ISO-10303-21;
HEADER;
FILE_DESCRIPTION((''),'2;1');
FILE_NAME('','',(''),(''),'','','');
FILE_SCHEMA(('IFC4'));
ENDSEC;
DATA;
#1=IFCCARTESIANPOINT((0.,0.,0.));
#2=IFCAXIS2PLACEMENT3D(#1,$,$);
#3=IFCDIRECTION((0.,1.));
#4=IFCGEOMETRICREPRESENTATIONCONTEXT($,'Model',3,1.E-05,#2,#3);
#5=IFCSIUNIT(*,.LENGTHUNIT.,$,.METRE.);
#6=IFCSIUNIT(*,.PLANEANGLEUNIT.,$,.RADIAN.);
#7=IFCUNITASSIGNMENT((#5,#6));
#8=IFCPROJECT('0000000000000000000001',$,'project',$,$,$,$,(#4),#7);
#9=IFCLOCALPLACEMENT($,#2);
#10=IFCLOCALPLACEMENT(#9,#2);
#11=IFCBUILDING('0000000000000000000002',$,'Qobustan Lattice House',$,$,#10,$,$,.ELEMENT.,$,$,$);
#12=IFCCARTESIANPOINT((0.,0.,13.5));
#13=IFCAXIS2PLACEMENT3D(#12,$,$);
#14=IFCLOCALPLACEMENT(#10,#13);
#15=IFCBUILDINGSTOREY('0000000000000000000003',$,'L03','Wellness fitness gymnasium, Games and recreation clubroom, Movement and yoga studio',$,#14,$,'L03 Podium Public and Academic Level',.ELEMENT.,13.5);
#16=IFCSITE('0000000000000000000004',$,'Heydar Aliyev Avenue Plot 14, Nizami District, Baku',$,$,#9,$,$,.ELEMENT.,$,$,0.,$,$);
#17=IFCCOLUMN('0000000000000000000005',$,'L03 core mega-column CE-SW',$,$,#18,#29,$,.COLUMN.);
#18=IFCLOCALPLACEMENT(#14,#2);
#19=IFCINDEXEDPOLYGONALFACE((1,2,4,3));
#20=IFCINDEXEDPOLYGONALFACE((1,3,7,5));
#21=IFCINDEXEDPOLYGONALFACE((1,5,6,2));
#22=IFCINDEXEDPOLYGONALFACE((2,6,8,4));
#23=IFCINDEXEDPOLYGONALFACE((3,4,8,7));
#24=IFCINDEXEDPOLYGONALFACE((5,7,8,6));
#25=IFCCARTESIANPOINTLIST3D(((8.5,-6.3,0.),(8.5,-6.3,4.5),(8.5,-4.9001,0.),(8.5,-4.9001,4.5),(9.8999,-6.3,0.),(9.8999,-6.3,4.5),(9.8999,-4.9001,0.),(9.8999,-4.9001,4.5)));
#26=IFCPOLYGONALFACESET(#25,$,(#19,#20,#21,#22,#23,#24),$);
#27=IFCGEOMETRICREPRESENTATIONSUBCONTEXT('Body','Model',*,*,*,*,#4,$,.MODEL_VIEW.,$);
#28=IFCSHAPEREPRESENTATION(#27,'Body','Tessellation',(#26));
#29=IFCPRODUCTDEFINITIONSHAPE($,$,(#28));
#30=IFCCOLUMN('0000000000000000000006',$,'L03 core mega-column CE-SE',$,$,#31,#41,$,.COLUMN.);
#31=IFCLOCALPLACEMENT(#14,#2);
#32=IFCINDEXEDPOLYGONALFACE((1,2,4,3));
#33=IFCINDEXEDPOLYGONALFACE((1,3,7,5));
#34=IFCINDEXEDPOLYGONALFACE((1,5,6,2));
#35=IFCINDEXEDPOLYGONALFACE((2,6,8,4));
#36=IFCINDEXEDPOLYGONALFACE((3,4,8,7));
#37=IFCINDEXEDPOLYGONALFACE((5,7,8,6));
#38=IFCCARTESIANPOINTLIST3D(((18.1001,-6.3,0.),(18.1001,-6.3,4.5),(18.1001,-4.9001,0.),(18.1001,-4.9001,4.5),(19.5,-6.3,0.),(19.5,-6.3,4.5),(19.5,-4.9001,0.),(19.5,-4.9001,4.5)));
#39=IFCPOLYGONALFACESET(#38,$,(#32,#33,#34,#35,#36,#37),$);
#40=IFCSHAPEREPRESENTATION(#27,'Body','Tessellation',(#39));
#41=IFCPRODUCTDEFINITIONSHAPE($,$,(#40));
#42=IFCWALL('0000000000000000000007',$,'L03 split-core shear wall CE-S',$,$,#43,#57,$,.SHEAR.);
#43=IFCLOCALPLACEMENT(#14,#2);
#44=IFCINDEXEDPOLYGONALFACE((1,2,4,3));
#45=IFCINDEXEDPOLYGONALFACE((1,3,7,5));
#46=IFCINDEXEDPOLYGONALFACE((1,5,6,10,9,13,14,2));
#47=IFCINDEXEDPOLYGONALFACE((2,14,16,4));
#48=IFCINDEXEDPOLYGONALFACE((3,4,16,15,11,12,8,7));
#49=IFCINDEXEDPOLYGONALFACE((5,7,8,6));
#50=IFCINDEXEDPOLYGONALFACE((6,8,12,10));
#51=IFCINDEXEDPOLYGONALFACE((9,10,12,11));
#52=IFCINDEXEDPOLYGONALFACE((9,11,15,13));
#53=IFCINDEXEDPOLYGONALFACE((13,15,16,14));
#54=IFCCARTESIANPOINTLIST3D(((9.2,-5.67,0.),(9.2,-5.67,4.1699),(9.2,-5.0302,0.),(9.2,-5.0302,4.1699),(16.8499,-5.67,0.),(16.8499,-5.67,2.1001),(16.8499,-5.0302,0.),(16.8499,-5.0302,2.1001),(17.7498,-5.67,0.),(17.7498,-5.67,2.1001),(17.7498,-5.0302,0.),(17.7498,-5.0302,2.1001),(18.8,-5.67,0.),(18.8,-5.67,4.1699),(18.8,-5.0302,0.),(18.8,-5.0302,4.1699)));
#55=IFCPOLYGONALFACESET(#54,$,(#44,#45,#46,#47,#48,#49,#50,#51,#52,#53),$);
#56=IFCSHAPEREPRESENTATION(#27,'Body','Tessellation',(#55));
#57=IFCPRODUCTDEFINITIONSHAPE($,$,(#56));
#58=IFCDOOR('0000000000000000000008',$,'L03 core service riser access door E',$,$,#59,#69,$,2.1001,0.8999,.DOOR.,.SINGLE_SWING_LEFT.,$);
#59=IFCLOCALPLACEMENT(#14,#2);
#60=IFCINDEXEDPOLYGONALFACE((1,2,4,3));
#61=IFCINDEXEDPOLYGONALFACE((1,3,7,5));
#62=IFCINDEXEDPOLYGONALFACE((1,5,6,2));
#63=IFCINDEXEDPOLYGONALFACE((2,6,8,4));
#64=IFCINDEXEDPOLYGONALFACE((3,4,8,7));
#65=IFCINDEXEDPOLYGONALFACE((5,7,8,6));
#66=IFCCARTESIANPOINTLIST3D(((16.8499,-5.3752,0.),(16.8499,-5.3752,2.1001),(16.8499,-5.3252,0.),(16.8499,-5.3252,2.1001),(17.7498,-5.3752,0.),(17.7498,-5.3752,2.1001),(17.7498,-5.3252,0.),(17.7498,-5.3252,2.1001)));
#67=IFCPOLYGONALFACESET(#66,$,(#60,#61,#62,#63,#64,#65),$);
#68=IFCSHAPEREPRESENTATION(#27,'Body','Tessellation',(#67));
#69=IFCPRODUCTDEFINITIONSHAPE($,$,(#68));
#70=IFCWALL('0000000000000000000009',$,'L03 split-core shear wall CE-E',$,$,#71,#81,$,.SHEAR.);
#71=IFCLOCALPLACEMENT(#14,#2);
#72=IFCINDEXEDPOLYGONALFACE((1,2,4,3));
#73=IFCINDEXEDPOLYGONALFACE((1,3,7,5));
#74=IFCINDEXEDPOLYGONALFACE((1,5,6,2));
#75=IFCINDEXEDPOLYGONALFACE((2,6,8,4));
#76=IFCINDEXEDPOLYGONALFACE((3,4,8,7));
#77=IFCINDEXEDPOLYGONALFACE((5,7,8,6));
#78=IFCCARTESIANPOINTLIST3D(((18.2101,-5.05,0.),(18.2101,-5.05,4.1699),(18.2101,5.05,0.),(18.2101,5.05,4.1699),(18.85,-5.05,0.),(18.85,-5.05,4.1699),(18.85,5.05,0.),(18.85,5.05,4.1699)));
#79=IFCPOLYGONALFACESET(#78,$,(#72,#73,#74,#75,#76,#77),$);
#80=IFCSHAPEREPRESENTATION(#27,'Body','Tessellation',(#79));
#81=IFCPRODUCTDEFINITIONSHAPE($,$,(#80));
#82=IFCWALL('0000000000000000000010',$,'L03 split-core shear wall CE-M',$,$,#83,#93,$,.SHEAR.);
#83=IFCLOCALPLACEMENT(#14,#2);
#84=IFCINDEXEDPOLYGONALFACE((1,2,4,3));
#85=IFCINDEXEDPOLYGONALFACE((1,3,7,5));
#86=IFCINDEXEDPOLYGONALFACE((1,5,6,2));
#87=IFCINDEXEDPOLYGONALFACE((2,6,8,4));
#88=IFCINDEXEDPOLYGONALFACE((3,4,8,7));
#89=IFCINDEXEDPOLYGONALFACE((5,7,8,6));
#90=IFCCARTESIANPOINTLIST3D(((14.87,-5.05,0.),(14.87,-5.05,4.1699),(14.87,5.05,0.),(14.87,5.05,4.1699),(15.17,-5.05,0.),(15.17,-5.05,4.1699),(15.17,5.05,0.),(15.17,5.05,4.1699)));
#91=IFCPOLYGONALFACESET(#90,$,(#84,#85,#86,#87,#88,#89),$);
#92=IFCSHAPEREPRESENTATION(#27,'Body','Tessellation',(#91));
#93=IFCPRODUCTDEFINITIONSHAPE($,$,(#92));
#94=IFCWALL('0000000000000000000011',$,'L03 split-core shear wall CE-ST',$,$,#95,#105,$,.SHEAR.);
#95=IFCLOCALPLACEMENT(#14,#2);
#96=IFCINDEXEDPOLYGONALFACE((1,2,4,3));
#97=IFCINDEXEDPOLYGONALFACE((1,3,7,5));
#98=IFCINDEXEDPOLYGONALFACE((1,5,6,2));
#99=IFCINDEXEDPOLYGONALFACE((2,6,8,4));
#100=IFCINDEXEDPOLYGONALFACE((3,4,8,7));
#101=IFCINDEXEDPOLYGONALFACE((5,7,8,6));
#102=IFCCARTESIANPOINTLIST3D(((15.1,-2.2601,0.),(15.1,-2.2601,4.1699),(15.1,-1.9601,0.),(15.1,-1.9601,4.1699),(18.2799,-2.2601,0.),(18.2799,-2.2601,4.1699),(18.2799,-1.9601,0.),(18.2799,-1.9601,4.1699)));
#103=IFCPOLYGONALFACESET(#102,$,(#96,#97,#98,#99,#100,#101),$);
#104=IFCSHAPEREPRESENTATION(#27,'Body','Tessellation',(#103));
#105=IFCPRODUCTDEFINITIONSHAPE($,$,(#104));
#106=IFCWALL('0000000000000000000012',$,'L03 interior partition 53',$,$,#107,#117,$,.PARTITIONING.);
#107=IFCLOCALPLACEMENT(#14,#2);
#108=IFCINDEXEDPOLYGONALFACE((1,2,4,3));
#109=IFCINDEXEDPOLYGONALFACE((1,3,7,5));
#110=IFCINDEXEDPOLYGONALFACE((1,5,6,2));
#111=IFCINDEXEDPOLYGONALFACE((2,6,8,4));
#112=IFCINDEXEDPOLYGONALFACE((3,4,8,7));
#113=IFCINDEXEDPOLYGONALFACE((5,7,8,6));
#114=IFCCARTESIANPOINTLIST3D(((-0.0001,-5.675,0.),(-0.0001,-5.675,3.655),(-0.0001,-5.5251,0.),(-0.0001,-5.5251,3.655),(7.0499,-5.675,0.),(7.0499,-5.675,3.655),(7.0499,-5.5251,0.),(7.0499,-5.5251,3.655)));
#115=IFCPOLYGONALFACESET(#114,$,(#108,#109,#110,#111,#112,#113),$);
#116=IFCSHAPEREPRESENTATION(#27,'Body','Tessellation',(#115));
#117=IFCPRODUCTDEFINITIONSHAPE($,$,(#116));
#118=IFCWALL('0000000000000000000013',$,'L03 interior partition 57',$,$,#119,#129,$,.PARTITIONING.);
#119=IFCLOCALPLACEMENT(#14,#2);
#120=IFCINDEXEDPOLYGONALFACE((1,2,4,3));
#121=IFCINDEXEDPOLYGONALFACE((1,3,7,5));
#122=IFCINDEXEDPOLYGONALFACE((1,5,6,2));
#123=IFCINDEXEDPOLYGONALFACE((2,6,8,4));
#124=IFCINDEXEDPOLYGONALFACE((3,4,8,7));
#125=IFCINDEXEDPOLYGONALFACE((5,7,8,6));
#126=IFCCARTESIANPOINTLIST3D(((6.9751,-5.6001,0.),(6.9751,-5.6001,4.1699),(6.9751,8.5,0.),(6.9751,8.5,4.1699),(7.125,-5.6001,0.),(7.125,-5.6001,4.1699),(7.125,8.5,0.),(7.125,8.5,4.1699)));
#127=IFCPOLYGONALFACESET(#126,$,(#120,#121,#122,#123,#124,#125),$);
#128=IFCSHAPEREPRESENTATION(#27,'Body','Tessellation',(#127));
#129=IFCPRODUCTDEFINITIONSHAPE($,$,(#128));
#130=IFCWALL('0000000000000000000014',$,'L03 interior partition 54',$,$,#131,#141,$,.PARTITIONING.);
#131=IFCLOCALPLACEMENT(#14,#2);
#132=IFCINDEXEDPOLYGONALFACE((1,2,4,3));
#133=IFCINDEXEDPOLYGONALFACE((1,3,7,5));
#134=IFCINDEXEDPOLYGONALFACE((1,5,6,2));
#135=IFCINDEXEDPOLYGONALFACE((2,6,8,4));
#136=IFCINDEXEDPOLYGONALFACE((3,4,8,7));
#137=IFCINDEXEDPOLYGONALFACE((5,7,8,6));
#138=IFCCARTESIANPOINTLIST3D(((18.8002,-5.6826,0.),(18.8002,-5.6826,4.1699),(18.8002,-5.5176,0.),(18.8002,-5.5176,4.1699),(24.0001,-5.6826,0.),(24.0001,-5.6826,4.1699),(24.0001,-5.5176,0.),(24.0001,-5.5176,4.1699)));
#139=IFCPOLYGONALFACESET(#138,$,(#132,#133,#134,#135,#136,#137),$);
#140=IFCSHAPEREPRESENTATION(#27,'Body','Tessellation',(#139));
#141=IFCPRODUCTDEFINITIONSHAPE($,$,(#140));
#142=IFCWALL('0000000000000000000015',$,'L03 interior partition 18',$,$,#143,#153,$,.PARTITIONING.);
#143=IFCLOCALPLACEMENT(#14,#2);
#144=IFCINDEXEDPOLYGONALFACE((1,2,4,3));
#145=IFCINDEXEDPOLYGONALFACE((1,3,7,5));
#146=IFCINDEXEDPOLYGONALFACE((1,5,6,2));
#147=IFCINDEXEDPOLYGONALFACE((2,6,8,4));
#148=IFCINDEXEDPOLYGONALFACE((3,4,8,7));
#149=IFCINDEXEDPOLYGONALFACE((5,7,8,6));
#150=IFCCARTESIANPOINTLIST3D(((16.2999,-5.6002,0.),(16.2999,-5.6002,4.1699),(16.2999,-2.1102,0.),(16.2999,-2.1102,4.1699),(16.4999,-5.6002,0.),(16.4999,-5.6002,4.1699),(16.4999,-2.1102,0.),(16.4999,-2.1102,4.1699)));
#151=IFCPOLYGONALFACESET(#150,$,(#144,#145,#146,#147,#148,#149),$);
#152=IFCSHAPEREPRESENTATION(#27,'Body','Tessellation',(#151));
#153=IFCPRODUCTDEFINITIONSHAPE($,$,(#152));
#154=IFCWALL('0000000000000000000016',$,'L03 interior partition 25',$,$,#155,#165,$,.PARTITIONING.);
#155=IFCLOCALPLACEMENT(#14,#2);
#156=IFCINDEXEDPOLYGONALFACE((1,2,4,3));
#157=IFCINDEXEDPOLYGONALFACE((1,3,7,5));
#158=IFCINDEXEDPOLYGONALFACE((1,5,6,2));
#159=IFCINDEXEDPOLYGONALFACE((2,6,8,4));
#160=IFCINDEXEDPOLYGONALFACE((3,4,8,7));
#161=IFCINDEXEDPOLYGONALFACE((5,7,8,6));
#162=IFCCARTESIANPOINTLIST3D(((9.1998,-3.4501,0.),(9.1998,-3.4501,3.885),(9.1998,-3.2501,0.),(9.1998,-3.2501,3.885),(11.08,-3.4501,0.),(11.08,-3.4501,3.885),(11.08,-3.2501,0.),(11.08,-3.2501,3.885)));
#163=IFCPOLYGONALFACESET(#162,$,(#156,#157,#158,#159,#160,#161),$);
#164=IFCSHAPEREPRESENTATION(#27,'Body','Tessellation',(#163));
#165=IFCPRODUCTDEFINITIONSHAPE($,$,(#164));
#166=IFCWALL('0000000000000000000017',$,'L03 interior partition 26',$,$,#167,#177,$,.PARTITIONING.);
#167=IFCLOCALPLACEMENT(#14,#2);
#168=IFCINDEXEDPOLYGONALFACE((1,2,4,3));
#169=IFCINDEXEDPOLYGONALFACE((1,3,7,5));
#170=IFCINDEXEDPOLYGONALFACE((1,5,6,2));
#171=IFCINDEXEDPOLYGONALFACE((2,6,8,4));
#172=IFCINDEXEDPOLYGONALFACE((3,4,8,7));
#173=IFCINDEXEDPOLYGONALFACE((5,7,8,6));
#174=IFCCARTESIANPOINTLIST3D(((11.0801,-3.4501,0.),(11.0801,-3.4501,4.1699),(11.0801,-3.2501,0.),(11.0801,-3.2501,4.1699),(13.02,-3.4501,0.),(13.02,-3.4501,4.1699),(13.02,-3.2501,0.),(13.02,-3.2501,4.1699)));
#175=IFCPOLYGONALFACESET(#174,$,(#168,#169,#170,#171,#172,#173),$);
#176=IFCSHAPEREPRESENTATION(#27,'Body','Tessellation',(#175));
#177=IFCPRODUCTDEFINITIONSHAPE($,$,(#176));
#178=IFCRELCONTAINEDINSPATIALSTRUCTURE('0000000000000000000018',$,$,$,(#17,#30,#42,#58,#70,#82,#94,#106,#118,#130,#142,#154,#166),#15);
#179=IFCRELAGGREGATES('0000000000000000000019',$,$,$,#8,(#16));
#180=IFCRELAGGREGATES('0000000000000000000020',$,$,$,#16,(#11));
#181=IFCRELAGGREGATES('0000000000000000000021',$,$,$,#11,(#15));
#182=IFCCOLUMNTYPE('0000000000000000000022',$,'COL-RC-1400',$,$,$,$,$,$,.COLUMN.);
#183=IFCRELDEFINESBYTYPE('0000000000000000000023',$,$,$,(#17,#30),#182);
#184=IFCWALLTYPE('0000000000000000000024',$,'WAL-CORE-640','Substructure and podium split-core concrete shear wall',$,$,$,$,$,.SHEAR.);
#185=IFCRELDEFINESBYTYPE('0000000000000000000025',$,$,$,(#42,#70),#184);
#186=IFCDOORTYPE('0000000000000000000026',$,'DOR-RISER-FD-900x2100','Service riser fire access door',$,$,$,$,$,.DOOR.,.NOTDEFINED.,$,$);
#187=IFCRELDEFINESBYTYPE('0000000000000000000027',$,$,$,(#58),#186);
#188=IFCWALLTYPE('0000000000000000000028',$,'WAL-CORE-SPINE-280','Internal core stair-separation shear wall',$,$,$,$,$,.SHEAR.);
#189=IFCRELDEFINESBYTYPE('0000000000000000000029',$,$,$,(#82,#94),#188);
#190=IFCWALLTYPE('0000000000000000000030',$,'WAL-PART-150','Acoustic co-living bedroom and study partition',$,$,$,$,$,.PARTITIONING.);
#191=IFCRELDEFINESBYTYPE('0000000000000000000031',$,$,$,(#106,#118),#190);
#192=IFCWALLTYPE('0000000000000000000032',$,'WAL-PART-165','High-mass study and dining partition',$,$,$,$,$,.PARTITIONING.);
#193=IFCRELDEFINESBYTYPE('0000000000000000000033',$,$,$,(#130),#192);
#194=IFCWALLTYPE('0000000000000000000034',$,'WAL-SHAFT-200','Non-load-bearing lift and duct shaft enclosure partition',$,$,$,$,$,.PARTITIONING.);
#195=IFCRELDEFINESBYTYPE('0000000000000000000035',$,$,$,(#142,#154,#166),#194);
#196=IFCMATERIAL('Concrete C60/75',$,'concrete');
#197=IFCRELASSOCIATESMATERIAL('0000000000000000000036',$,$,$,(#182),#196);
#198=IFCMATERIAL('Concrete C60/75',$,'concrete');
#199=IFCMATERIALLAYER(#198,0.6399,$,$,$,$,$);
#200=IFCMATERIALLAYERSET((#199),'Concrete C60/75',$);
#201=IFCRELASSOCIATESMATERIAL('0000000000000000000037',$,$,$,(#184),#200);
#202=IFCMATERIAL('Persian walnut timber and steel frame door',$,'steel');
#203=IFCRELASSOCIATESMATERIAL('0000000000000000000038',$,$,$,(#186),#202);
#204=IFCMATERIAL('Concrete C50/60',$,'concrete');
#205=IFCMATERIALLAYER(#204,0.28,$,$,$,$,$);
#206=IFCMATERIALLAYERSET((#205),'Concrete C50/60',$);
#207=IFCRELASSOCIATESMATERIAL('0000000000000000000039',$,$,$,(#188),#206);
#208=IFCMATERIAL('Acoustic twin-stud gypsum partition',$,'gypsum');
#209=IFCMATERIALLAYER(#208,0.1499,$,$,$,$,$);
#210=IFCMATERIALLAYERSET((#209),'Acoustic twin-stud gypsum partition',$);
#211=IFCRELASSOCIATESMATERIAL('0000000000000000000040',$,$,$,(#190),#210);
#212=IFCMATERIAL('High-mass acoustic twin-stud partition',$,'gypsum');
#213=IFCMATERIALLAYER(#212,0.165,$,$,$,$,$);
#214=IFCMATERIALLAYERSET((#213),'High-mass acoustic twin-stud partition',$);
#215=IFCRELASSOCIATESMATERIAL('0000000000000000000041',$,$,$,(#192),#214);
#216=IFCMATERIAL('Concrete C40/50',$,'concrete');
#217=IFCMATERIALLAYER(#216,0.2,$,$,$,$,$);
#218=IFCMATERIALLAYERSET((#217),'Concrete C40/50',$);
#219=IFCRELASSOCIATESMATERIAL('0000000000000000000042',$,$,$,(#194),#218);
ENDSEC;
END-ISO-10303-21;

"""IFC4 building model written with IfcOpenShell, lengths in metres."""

from ifc_helpers import new_model, si_unit, direction, frame, frame_2d, origin, origin_2d, place, context, subcontext, project, spatial, rectangle, extrude, material, layer, layer_set, material_profile, profile_set, type_object, element, fill, save


model = new_model("IFC4")

# Units and contexts
model_context = context("Model", 3, precision=1e-05, world=origin(), true_north=direction((0.0, 1.0)))
body_context = subcontext(model_context, "Body", "Model", "MODEL_VIEW")
ifc_project = project(units=[si_unit("LENGTHUNIT", "METRE"), si_unit("PLANEANGLEUNIT", "RADIAN")], contexts=[model_context])

# Site, building, storey
site_placement = place(None, origin())
site = spatial("IfcSite", under=ifc_project, at=site_placement, Name="Heydar Aliyev Avenue Plot 14, Nizami District, Baku", CompositionType="ELEMENT", RefElevation=0.0)
building_placement = place(site_placement, origin())
building = spatial("IfcBuilding", under=site, at=building_placement, Name="Qobustan Lattice House", CompositionType="ELEMENT")
storey_placement = place(building_placement, frame((0.0, 0.0, 13.5)))
storey = spatial("IfcBuildingStorey", under=building, at=storey_placement, Name="L03", Description="Wellness fitness gymnasium, Games and recreation clubroom, Movement and yoga studio", LongName="L03 Podium Public and Academic Level", CompositionType="ELEMENT", Elevation=13.5)

# Columns
ifc_material_1 = material(Name="Concrete C60/75", Category="concrete")
ifc_material_profile = material_profile(ifc_material_1, rectangle(XDim=1.3999, YDim=1.3999, at=origin_2d()), Name="RC1400x1400")
ifc_profile_set = profile_set([ifc_material_profile], Name="Concrete C60/75")
column_type = type_object("IfcColumnType", Name="COL-RC-1400", PredefinedType="COLUMN", material=ifc_profile_set)
for number, where, z_axis, x_axis, name in (
    (1, (9.2, -5.6001, 0.0), (0.0, 0.0, 1.0), (1.0, 0.0, 0.0), "L03 core mega-column CE-SW"),
    (2, (18.8, -5.6001, 0.0), (0.0, 0.0, 1.0), (1.0, 0.0, 0.0), "L03 core mega-column CE-SE"),
):
    element("IfcColumn", number, at=place(storey_placement, frame(where, z_axis=z_axis, x_axis=x_axis)), inside=storey, type_object=column_type, Name=name, PredefinedType="COLUMN", context=body_context, shape_type="SweptSolid", body=[
        extrude(rectangle(XDim=1.3999, YDim=1.3999, at=origin_2d()), origin(), (0.0, 0.0, 1.0), 4.5),
    ])

# Wall, opening, door
ifc_material_2 = material(Name="Concrete C60/75", Category="concrete")
ifc_layer_1 = layer(ifc_material_2, 0.6399)
ifc_layer_set_1 = layer_set([ifc_layer_1], Name="Concrete C60/75")
wall_type_1 = type_object("IfcWallType", Name="WAL-CORE-640", Description="Substructure and podium split-core concrete shear wall", PredefinedType="SHEAR", material=ifc_layer_set_1)
wall_1_placement = place(storey_placement, frame((9.2, -5.3501, 0.0), z_axis=(0.0, 0.0, 1.0), x_axis=(1.0, 0.0, 0.0)))
wall_1 = element("IfcWall", 3, at=wall_1_placement, inside=storey, type_object=wall_type_1, Name="L03 split-core shear wall CE-S", PredefinedType="SHEAR", context=body_context, shape_type="SweptSolid", body=[
    extrude(rectangle(XDim=9.6001, YDim=0.6399, at=frame_2d((4.8, 0.0))), origin(), (0.0, 0.0, 1.0), 4.1699),
])
opening_1_placement = place(wall_1_placement, frame((7.6499, 0.0, 0.0)))
opening_1 = element("IfcOpeningElement", 4, at=opening_1_placement, cuts=wall_1, PredefinedType="OPENING", context=body_context, shape_type="SweptSolid", body=[
    extrude(rectangle(XDim=0.8999, YDim=2.1001, at=frame_2d((0.45, 1.05))), frame((0.0, 0.3298, 0.0), z_axis=(0.0, -1.0, 0.0), x_axis=(1.0, 0.0, 0.0)), (0.0, 0.0, 1.0), 0.6599),
])
ifc_material_3 = material(Name="Persian walnut timber and steel frame door", Category="steel")
door_type_1 = type_object("IfcDoorType", Name="DOR-RISER-FD-900x2100", Description="Service riser fire access door", OperationType="NOTDEFINED", PredefinedType="DOOR", material=ifc_material_3)
door_1_placement = place(opening_1_placement, origin())
door_1 = element("IfcDoor", 5, at=door_1_placement, inside=storey, type_object=door_type_1, Name="L03 core service riser access door E", OperationType="SINGLE_SWING_LEFT", OverallHeight=2.1001, OverallWidth=0.8999, PredefinedType="DOOR", context=body_context, shape_type="SweptSolid", body=[
    extrude(rectangle(XDim=0.8999, YDim=2.1001, at=frame_2d((0.45, 1.05))), frame((0.0, 0.0249, 0.0), z_axis=(0.0, -1.0, 0.0), x_axis=(1.0, 0.0, 0.0)), (0.0, 0.0, 1.0), 0.05),
])
fill(opening_1, door_1)

# Walls
wall_2_placement = place(storey_placement, frame((18.53, -5.05, 0.0), z_axis=(0.0, 0.0, 1.0), x_axis=(0.0, 1.0, 0.0)))
element("IfcWall", 6, at=wall_2_placement, inside=storey, type_object=wall_type_1, Name="L03 split-core shear wall CE-E", PredefinedType="SHEAR", context=body_context, shape_type="SweptSolid", body=[
    extrude(rectangle(XDim=10.1001, YDim=0.6399, at=frame_2d((5.05, 0.0))), origin(), (0.0, 0.0, 1.0), 4.1699),
])
ifc_material_4 = material(Name="Concrete C50/60", Category="concrete")
ifc_layer_2 = layer(ifc_material_4, 0.28)
ifc_layer_set_2 = layer_set([ifc_layer_2], Name="Concrete C50/60")
wall_type_2 = type_object("IfcWallType", Name="WAL-CORE-SPINE-280", Description="Internal core stair-separation shear wall", PredefinedType="SHEAR", material=ifc_layer_set_2)
wall_3_placement = place(storey_placement, frame((15.02, -5.05, 0.0), z_axis=(0.0, 0.0, 1.0), x_axis=(0.0, 1.0, 0.0)))
element("IfcWall", 7, at=wall_3_placement, inside=storey, type_object=wall_type_2, Name="L03 split-core shear wall CE-M", PredefinedType="SHEAR", context=body_context, shape_type="SweptSolid", body=[
    extrude(rectangle(XDim=10.1001, YDim=0.3, at=frame_2d((5.05, 0.0))), origin(), (0.0, 0.0, 1.0), 4.1699),
])
wall_4_placement = place(storey_placement, frame((15.1001, -2.1101, 0.0), z_axis=(0.0, 0.0, 1.0), x_axis=(1.0, 0.0, 0.0)))
element("IfcWall", 8, at=wall_4_placement, inside=storey, type_object=wall_type_2, Name="L03 split-core shear wall CE-ST", PredefinedType="SHEAR", context=body_context, shape_type="SweptSolid", body=[
    extrude(rectangle(XDim=3.1799, YDim=0.3, at=frame_2d((1.5898, 0.0))), origin(), (0.0, 0.0, 1.0), 4.1699),
])
ifc_material_5 = material(Name="Acoustic twin-stud gypsum partition", Category="gypsum")
ifc_layer_3 = layer(ifc_material_5, 0.1499)
ifc_layer_set_3 = layer_set([ifc_layer_3], Name="Acoustic twin-stud gypsum partition")
wall_type_3 = type_object("IfcWallType", Name="WAL-PART-150", Description="Acoustic co-living bedroom and study partition", PredefinedType="PARTITIONING", material=ifc_layer_set_3)
wall_5_placement = place(storey_placement, frame((0.0, -5.6001, 0.0), z_axis=(0.0, 0.0, 1.0), x_axis=(1.0, 0.0, 0.0)))
element("IfcWall", 9, at=wall_5_placement, inside=storey, type_object=wall_type_3, Name="L03 interior partition 53", PredefinedType="PARTITIONING", context=body_context, shape_type="SweptSolid", body=[
    extrude(rectangle(XDim=7.05, YDim=0.1499, at=frame_2d((3.5249, 0.0))), origin(), (0.0, 0.0, 1.0), 3.655),
])
wall_6_placement = place(storey_placement, frame((7.05, -5.6001, 0.0), z_axis=(0.0, 0.0, 1.0), x_axis=(0.0, 1.0, 0.0)))
element("IfcWall", 10, at=wall_6_placement, inside=storey, type_object=wall_type_3, Name="L03 interior partition 57", PredefinedType="PARTITIONING", context=body_context, shape_type="SweptSolid", body=[
    extrude(rectangle(XDim=14.1001, YDim=0.1499, at=frame_2d((7.05, 0.0))), origin(), (0.0, 0.0, 1.0), 4.1699),
])
ifc_material_6 = material(Name="High-mass acoustic twin-stud partition", Category="gypsum")
ifc_layer_4 = layer(ifc_material_6, 0.165)
ifc_layer_set_4 = layer_set([ifc_layer_4], Name="High-mass acoustic twin-stud partition")
wall_type_4 = type_object("IfcWallType", Name="WAL-PART-165", Description="High-mass study and dining partition", PredefinedType="PARTITIONING", material=ifc_layer_set_4)
wall_7_placement = place(storey_placement, frame((18.8, -5.6001, 0.0), z_axis=(0.0, 0.0, 1.0), x_axis=(1.0, 0.0, 0.0)))
element("IfcWall", 11, at=wall_7_placement, inside=storey, type_object=wall_type_4, Name="L03 interior partition 54", PredefinedType="PARTITIONING", context=body_context, shape_type="SweptSolid", body=[
    extrude(rectangle(XDim=5.2, YDim=0.165, at=frame_2d((2.6001, 0.0))), origin(), (0.0, 0.0, 1.0), 4.1699),
])
ifc_material_7 = material(Name="Concrete C40/50", Category="concrete")
ifc_layer_5 = layer(ifc_material_7, 0.2)
ifc_layer_set_5 = layer_set([ifc_layer_5], Name="Concrete C40/50")
wall_type_5 = type_object("IfcWallType", Name="WAL-SHAFT-200", Description="Non-load-bearing lift and duct shaft enclosure partition", PredefinedType="PARTITIONING", material=ifc_layer_set_5)
wall_8_placement = place(storey_placement, frame((16.3999, -2.1101, 0.0), z_axis=(0.0, 0.0, 1.0), x_axis=(0.0, -1.0, 0.0)))
element("IfcWall", 12, at=wall_8_placement, inside=storey, type_object=wall_type_5, Name="L03 interior partition 18", PredefinedType="PARTITIONING", context=body_context, shape_type="SweptSolid", body=[
    extrude(rectangle(XDim=3.49, YDim=0.2, at=frame_2d((1.7451, 0.0))), origin(), (0.0, 0.0, 1.0), 4.1699),
])
wall_9_placement = place(storey_placement, frame((9.2, -3.3501, 0.0), z_axis=(0.0, 0.0, 1.0), x_axis=(1.0, 0.0, 0.0)))
element("IfcWall", 13, at=wall_9_placement, inside=storey, type_object=wall_type_5, Name="L03 interior partition 25", PredefinedType="PARTITIONING", context=body_context, shape_type="SweptSolid", body=[
    extrude(rectangle(XDim=1.8801, YDim=0.2, at=frame_2d((0.9399, 0.0))), origin(), (0.0, 0.0, 1.0), 3.885),
])
wall_10_placement = place(storey_placement, frame((11.0801, -3.3501, 0.0), z_axis=(0.0, 0.0, 1.0), x_axis=(1.0, 0.0, 0.0)))
element("IfcWall", 14, at=wall_10_placement, inside=storey, type_object=wall_type_5, Name="L03 interior partition 26", PredefinedType="PARTITIONING", context=body_context, shape_type="SweptSolid", body=[
    extrude(rectangle(XDim=1.9399, YDim=0.2, at=frame_2d((0.97, 0.0))), origin(), (0.0, 0.0, 1.0), 4.1699),
])

save(model, "model.ifc")
